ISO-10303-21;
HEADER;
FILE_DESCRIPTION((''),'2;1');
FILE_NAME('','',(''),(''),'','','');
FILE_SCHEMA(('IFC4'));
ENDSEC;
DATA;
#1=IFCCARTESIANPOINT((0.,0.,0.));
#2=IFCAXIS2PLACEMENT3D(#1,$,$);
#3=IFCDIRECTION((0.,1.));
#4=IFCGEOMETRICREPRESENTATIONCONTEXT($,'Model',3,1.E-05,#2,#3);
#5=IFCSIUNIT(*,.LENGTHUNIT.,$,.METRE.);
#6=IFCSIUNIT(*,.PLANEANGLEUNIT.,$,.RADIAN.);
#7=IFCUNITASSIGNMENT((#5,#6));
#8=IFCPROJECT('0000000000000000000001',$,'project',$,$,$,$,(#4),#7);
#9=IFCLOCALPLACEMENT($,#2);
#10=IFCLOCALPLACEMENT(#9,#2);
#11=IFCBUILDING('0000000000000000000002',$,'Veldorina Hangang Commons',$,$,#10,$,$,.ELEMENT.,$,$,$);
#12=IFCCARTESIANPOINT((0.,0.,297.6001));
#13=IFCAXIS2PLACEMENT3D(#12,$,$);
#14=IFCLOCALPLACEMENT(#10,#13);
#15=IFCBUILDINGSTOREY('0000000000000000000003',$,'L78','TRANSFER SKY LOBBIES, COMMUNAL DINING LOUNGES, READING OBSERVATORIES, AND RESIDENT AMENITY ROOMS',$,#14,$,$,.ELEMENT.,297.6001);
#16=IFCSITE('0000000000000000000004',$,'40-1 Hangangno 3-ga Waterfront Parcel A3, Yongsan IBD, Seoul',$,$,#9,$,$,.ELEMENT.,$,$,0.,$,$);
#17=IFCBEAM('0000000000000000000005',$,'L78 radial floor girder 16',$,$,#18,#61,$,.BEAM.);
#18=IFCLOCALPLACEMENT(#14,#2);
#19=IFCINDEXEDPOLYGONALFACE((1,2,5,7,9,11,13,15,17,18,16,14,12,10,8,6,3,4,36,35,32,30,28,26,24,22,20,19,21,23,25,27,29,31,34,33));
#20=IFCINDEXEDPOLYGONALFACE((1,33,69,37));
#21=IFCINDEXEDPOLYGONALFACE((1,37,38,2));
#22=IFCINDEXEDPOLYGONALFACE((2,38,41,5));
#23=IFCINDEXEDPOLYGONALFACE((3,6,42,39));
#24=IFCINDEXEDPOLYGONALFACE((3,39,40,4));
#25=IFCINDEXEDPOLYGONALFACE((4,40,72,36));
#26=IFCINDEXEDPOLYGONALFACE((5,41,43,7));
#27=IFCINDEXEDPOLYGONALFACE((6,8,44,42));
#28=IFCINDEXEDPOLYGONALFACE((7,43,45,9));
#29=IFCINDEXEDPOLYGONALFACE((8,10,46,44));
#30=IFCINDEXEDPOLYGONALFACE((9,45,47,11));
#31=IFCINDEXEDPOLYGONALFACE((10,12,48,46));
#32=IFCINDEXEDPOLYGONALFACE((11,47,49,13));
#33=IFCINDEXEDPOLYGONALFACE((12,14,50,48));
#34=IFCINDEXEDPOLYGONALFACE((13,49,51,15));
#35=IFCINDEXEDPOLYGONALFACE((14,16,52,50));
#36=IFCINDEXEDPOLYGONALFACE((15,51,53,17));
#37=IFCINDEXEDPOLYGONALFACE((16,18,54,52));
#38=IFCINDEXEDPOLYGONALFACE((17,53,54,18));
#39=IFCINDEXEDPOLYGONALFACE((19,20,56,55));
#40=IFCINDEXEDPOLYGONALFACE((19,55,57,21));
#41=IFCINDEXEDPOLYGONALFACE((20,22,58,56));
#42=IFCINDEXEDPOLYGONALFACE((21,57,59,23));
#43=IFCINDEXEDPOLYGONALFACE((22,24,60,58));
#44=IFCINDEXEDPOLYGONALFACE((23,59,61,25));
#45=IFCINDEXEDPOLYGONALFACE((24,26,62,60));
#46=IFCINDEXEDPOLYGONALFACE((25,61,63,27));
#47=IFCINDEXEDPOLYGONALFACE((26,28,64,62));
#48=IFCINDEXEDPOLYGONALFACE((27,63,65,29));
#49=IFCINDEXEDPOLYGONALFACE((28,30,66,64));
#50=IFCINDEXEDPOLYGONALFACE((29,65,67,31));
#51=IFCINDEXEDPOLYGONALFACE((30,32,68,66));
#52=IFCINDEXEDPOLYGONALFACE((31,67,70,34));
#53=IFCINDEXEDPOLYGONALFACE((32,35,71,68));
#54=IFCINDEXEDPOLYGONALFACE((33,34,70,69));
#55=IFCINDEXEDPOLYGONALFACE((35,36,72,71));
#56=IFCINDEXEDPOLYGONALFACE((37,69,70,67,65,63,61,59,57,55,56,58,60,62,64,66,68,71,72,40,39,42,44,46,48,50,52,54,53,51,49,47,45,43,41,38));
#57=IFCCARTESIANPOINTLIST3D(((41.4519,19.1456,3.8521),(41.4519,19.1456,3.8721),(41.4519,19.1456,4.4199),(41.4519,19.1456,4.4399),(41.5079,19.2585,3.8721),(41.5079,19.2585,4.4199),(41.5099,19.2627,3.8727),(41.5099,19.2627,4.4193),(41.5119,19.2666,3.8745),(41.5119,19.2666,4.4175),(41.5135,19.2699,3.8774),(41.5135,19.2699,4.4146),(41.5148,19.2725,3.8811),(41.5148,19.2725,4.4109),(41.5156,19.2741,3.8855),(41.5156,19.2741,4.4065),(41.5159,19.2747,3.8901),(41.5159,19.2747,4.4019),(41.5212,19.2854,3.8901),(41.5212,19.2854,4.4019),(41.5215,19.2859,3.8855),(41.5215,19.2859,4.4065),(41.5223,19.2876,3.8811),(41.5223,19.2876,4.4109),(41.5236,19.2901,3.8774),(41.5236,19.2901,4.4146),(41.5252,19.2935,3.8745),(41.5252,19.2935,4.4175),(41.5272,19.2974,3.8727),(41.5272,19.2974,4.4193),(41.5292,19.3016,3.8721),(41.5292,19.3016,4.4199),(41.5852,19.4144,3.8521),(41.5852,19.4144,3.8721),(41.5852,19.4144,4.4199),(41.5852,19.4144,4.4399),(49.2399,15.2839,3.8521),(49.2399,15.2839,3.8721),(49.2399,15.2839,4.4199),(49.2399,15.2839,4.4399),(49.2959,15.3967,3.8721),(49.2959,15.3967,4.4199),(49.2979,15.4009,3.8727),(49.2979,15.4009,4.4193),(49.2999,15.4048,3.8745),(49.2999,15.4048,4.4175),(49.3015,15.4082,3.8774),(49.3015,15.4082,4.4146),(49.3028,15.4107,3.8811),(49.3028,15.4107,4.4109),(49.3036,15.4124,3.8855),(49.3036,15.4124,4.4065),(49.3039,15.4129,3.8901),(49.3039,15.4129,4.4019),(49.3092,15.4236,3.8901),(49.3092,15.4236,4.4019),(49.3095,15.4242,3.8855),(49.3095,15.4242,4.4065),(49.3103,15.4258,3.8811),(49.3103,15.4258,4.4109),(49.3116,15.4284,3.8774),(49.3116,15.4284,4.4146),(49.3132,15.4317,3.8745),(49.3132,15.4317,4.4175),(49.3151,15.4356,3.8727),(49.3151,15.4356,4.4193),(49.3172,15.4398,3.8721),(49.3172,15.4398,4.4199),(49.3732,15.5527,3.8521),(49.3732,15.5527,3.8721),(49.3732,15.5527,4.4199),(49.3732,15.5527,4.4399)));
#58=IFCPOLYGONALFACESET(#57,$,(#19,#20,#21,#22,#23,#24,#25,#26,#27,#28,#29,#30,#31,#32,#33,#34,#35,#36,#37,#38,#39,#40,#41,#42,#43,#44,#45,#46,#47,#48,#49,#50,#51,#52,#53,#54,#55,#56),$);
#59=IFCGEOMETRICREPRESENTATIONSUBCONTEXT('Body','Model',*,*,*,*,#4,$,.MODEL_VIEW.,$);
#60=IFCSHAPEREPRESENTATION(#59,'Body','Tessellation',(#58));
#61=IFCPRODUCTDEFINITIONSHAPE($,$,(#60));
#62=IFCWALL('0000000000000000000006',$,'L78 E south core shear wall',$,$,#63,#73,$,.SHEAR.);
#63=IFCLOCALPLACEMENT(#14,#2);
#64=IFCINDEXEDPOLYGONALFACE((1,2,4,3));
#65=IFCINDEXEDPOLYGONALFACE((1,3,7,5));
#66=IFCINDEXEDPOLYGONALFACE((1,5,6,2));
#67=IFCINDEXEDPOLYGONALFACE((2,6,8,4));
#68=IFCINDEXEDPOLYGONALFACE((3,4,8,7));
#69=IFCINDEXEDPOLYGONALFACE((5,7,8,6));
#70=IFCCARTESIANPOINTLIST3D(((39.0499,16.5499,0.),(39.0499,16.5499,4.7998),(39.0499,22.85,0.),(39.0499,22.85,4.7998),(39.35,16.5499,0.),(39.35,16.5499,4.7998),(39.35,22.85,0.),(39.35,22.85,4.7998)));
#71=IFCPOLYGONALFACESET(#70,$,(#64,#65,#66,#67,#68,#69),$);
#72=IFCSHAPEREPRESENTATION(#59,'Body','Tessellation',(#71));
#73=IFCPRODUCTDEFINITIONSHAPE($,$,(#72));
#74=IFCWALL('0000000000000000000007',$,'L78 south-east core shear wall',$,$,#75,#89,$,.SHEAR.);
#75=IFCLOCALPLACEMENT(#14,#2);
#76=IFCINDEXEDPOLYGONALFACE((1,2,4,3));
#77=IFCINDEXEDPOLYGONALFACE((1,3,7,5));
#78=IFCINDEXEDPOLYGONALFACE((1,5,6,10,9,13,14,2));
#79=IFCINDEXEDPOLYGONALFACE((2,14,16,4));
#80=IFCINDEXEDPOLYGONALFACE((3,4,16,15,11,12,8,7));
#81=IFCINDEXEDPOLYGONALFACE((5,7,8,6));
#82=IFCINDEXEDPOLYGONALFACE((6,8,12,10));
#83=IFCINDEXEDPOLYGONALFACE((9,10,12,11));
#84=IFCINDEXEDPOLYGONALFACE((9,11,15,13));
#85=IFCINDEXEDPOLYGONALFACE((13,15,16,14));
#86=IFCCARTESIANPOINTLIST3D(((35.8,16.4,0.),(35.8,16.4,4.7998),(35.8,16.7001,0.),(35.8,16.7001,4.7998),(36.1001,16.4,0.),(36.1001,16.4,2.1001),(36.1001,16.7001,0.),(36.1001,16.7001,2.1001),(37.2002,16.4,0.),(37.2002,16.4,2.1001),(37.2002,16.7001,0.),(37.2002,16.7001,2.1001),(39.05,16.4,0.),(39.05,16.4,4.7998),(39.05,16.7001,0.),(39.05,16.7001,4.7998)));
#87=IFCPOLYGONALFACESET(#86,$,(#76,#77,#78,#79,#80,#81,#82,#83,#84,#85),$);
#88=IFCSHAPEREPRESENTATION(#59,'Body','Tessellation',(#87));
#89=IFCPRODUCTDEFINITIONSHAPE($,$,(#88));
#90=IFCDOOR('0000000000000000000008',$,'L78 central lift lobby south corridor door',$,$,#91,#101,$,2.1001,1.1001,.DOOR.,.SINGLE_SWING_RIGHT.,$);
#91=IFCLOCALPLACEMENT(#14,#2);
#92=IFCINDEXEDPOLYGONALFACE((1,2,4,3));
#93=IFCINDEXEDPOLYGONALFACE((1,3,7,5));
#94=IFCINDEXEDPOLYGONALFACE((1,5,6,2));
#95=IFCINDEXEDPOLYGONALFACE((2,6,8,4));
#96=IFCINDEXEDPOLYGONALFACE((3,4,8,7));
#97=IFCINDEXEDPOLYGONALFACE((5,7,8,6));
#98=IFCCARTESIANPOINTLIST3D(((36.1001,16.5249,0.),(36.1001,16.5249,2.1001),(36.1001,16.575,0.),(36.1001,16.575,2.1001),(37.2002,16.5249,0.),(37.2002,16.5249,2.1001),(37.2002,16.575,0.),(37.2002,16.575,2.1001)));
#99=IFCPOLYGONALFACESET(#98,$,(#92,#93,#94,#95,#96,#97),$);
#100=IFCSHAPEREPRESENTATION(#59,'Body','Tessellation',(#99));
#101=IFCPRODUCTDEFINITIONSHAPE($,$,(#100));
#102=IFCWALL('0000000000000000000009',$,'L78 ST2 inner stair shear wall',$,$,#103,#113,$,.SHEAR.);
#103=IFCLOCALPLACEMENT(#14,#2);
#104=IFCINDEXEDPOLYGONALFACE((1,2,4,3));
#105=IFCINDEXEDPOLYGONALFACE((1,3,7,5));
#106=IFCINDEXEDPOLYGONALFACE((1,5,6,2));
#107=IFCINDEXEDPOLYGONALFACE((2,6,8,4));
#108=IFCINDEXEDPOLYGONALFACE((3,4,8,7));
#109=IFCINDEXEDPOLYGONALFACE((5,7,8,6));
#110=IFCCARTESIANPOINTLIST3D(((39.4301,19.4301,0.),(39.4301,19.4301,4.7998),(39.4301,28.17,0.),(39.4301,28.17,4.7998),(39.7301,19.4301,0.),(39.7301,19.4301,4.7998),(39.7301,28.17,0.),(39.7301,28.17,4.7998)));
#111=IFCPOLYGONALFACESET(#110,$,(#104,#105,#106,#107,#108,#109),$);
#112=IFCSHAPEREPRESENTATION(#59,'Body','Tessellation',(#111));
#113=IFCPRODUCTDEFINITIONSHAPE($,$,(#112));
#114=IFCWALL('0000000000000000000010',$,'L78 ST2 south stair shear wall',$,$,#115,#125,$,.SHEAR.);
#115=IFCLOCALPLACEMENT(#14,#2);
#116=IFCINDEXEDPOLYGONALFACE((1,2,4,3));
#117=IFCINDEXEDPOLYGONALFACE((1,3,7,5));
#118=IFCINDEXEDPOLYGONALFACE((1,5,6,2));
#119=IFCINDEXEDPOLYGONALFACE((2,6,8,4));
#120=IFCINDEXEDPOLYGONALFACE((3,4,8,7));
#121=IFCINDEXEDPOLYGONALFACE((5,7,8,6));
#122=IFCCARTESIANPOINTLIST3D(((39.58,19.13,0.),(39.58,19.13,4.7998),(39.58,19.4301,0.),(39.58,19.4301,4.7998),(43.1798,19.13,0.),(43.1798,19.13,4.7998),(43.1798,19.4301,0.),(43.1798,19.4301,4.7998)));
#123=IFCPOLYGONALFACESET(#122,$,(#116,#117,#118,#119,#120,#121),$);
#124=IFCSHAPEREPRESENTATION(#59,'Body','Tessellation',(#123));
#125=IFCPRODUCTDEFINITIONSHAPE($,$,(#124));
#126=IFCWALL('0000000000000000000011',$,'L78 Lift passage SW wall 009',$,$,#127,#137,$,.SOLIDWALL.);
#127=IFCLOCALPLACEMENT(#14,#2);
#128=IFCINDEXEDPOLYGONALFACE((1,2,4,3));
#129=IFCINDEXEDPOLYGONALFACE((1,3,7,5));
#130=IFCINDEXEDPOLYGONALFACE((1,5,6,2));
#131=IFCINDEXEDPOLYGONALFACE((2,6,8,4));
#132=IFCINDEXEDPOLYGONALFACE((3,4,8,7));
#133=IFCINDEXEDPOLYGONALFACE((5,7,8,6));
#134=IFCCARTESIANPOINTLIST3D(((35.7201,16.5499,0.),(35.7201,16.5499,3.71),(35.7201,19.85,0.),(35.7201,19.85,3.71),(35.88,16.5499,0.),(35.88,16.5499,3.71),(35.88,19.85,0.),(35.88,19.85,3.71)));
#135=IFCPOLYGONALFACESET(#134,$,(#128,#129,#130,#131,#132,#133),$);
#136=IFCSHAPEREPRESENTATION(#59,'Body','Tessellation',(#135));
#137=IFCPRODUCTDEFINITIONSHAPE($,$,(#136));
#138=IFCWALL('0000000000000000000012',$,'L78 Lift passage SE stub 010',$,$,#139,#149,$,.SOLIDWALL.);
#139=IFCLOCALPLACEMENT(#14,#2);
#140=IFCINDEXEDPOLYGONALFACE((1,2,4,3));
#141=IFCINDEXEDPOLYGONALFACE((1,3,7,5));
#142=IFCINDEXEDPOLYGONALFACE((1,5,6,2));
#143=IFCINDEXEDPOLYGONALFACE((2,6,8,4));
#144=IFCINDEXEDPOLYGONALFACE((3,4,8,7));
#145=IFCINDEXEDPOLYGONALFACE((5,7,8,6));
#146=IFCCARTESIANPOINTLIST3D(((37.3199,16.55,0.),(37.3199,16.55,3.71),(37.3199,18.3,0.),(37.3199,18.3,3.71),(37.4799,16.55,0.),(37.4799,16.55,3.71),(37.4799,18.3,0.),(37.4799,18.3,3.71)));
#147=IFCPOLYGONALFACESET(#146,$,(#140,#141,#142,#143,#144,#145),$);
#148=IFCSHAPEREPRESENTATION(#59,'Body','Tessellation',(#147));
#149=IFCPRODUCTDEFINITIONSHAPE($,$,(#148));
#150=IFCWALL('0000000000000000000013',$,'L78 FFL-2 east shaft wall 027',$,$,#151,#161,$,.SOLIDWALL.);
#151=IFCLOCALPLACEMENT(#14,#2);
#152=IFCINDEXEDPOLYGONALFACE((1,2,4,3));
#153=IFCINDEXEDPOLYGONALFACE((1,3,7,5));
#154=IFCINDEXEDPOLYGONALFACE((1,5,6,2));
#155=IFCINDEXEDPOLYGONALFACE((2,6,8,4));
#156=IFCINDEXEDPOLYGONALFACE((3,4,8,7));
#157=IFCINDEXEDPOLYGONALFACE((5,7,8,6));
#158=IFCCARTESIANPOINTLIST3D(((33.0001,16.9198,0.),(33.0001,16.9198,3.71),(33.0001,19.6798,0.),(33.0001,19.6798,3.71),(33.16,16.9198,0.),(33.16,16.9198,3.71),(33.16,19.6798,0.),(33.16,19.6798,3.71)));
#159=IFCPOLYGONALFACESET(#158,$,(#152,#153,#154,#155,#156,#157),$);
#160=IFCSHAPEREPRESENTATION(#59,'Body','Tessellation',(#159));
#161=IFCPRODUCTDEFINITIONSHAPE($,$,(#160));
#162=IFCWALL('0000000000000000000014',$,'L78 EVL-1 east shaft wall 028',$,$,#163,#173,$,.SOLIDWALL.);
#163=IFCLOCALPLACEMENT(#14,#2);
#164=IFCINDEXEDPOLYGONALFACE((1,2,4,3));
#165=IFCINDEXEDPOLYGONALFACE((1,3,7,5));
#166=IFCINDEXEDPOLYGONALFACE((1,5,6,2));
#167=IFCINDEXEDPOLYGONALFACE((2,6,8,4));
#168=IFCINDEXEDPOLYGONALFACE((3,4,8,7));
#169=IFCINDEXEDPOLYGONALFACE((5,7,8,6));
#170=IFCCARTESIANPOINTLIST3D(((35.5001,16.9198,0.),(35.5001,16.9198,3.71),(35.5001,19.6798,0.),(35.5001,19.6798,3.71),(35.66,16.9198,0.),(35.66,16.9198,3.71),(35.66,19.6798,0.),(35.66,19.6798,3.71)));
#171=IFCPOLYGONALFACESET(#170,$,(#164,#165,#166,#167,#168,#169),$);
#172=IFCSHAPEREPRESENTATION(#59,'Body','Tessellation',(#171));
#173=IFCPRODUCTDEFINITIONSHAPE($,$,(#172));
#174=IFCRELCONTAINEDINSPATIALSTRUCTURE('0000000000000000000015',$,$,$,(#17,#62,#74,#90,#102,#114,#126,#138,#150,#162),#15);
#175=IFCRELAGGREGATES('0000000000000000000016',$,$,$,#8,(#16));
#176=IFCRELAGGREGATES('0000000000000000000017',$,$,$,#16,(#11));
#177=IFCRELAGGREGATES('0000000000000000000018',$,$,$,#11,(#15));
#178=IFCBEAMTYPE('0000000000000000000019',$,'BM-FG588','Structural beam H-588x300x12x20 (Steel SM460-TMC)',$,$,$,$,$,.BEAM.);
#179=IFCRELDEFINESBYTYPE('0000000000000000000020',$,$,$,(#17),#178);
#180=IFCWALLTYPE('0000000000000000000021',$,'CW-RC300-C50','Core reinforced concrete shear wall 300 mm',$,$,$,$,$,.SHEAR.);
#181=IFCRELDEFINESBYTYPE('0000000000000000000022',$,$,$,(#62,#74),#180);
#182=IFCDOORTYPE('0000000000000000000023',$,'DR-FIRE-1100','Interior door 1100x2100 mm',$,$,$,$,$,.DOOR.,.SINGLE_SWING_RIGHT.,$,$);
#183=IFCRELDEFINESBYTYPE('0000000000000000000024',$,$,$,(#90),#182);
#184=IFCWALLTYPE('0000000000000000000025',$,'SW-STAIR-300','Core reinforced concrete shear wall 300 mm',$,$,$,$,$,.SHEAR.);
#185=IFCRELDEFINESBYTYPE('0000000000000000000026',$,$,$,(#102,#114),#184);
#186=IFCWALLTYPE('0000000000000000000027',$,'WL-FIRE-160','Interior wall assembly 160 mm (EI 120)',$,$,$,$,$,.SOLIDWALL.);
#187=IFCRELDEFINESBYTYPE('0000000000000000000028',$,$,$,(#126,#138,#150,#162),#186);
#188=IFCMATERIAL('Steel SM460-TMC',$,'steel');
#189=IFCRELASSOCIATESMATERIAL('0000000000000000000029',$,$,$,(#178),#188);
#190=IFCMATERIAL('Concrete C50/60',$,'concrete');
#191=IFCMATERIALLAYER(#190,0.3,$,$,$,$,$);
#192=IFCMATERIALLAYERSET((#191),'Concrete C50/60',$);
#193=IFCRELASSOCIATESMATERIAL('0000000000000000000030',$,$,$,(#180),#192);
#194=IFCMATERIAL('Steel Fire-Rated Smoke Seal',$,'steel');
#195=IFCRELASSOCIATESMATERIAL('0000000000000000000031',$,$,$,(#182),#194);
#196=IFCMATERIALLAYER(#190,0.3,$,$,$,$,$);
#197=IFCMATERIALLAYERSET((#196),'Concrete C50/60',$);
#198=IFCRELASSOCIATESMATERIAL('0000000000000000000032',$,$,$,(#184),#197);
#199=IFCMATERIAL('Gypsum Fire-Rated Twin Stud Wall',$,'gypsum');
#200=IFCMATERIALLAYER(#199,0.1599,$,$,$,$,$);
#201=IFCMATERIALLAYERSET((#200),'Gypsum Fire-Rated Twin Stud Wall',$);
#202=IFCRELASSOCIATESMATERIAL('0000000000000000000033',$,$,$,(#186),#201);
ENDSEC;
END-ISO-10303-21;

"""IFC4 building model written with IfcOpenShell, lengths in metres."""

from ifc_helpers import new_model, si_unit, direction, frame, frame_2d, origin, origin_2d, place, context, subcontext, project, spatial, rectangle, i_section, extrude, material, layer, layer_set, material_profile, profile_set, type_object, element, fill, save


model = new_model("IFC4")

# Units and contexts
model_context = context("Model", 3, precision=1e-05, world=origin(), true_north=direction((0.0, 1.0)))
body_context = subcontext(model_context, "Body", "Model", "MODEL_VIEW")
ifc_project = project(units=[si_unit("LENGTHUNIT", "METRE"), si_unit("PLANEANGLEUNIT", "RADIAN")], contexts=[model_context])

# Site, building, storey
site_placement = place(None, origin())
site = spatial("IfcSite", under=ifc_project, at=site_placement, Name="40-1 Hangangno 3-ga Waterfront Parcel A3, Yongsan IBD, Seoul", CompositionType="ELEMENT", RefElevation=0.0)
building_placement = place(site_placement, origin())
building = spatial("IfcBuilding", under=site, at=building_placement, Name="Veldorina Hangang Commons", CompositionType="ELEMENT")
storey_placement = place(building_placement, frame((0.0, 0.0, 297.6001)))
storey = spatial("IfcBuildingStorey", under=building, at=storey_placement, Name="L78", Description="TRANSFER SKY LOBBIES, COMMUNAL DINING LOUNGES, READING OBSERVATORIES, AND RESIDENT AMENITY ROOMS", CompositionType="ELEMENT", Elevation=297.6001)

# Beam
ifc_material_1 = material(Name="Concrete C50/60", Category="concrete")
ifc_material_2 = material(Name="Steel SM460-TMC", Category="steel")
ifc_material_profile_1 = material_profile(ifc_material_2, i_section(OverallWidth=0.3, OverallDepth=0.5879, WebThickness=0.012, FlangeThickness=0.02, FilletRadius=0.0181, at=origin_2d()), Name="H-588x300x12x20")
ifc_profile_set_1 = profile_set([ifc_material_profile_1], Name="Steel SM460-TMC")
beam_type_1 = type_object("IfcBeamType", Name="BM-FG588", Description="Structural beam H-588x300x12x20 (Steel SM460-TMC)", PredefinedType="BEAM", material=ifc_profile_set_1)
beam_1_placement = place(storey_placement, frame((41.5186, 19.28, 4.146), z_axis=(0.895905, -0.444245, 0.0), x_axis=(0.444245, 0.895905, 0.0)))
element("IfcBeam", 1, at=beam_1_placement, inside=storey, type_object=beam_type_1, Name="L78 radial floor girder 16", PredefinedType="BEAM", context=body_context, shape_type="SweptSolid", body=[
    extrude(i_section(OverallWidth=0.3, OverallDepth=0.5879, WebThickness=0.012, FlangeThickness=0.02, FilletRadius=0.0181, at=origin_2d()), origin(), (0.0, 0.0, 1.0), 8.6929),
])

# Wall
ifc_layer_1 = layer(ifc_material_1, 0.3)
ifc_layer_set_1 = layer_set([ifc_layer_1], Name="Concrete C50/60")
wall_type_1 = type_object("IfcWallType", Name="CW-RC300-C50", Description="Core reinforced concrete shear wall 300 mm", PredefinedType="SHEAR", material=ifc_layer_set_1)
wall_1_placement = place(storey_placement, frame((39.2, 16.55, 0.0), z_axis=(0.0, 0.0, 1.0), x_axis=(0.0, 1.0, 0.0)))
element("IfcWall", 2, at=wall_1_placement, inside=storey, type_object=wall_type_1, Name="L78 E south core shear wall", PredefinedType="SHEAR", context=body_context, shape_type="SweptSolid", body=[
    extrude(rectangle(XDim=6.3, YDim=0.3, at=frame_2d((3.1499, 0.0))), origin(), (0.0, 0.0, 1.0), 4.7998),
])

# Wall, opening, door
wall_2_placement = place(storey_placement, frame((35.8, 16.55, 0.0), z_axis=(0.0, 0.0, 1.0), x_axis=(1.0, 0.0, 0.0)))
wall_2 = element("IfcWall", 3, at=wall_2_placement, inside=storey, type_object=wall_type_1, Name="L78 south-east core shear wall", PredefinedType="SHEAR", context=body_context, shape_type="SweptSolid", body=[
    extrude(rectangle(XDim=3.25, YDim=0.3, at=frame_2d((1.625, 0.0))), origin(), (0.0, 0.0, 1.0), 4.7998),
])
opening_1_placement = place(wall_2_placement, frame((0.3, 0.0, 0.0)))
opening_1 = element("IfcOpeningElement", 4, at=opening_1_placement, cuts=wall_2, PredefinedType="OPENING", context=body_context, shape_type="SweptSolid", body=[
    extrude(rectangle(XDim=1.1001, YDim=2.1001, at=frame_2d((0.55, 1.05))), frame((0.0, 0.1602, 0.0), z_axis=(0.0, -1.0, 0.0), x_axis=(1.0, 0.0, 0.0)), (0.0, 0.0, 1.0), 0.3201),
])
ifc_material_3 = material(Name="Steel Fire-Rated Smoke Seal", Category="steel")
door_type_1 = type_object("IfcDoorType", Name="DR-FIRE-1100", Description="Interior door 1100x2100 mm", OperationType="SINGLE_SWING_RIGHT", PredefinedType="DOOR", material=ifc_material_3)
door_1_placement = place(opening_1_placement, origin())
door_1 = element("IfcDoor", 5, at=door_1_placement, inside=storey, type_object=door_type_1, Name="L78 central lift lobby south corridor door", OperationType="SINGLE_SWING_RIGHT", OverallHeight=2.1001, OverallWidth=1.1001, PredefinedType="DOOR", context=body_context, shape_type="SweptSolid", body=[
    extrude(rectangle(XDim=1.1001, YDim=2.1001, at=frame_2d((0.55, 1.05))), frame((0.0, 0.0249, 0.0), z_axis=(0.0, -1.0, 0.0), x_axis=(1.0, 0.0, 0.0)), (0.0, 0.0, 1.0), 0.05),
])
fill(opening_1, door_1)

# Walls
ifc_layer_2 = layer(ifc_material_1, 0.3)
ifc_layer_set_2 = layer_set([ifc_layer_2], Name="Concrete C50/60")
wall_type_2 = type_object("IfcWallType", Name="SW-STAIR-300", Description="Core reinforced concrete shear wall 300 mm", PredefinedType="SHEAR", material=ifc_layer_set_2)
wall_3_placement = place(storey_placement, frame((39.5801, 19.4299, 0.0), z_axis=(0.0, 0.0, 1.0), x_axis=(0.0, 1.0, 0.0)))
element("IfcWall", 6, at=wall_3_placement, inside=storey, type_object=wall_type_2, Name="L78 ST2 inner stair shear wall", PredefinedType="SHEAR", context=body_context, shape_type="SweptSolid", body=[
    extrude(rectangle(XDim=8.74, YDim=0.3, at=frame_2d((4.3701, 0.0))), origin(), (0.0, 0.0, 1.0), 4.7998),
])
wall_4_placement = place(storey_placement, frame((39.5801, 19.28, 0.0), z_axis=(0.0, 0.0, 1.0), x_axis=(1.0, 0.0, 0.0)))
element("IfcWall", 7, at=wall_4_placement, inside=storey, type_object=wall_type_2, Name="L78 ST2 south stair shear wall", PredefinedType="SHEAR", context=body_context, shape_type="SweptSolid", body=[
    extrude(rectangle(XDim=3.5999, YDim=0.3, at=frame_2d((1.7998, 0.0))), origin(), (0.0, 0.0, 1.0), 4.7998),
])
ifc_material_4 = material(Name="Gypsum Fire-Rated Twin Stud Wall", Category="gypsum")
ifc_layer_3 = layer(ifc_material_4, 0.1599)
ifc_layer_set_3 = layer_set([ifc_layer_3], Name="Gypsum Fire-Rated Twin Stud Wall")
wall_type_3 = type_object("IfcWallType", Name="WL-FIRE-160", Description="Interior wall assembly 160 mm (EI 120)", PredefinedType="SOLIDWALL", material=ifc_layer_set_3)
wall_5_placement = place(storey_placement, frame((35.8, 16.55, 0.0), z_axis=(0.0, 0.0, 1.0), x_axis=(0.0, 1.0, 0.0)))
element("IfcWall", 8, at=wall_5_placement, inside=storey, type_object=wall_type_3, Name="L78 Lift passage SW wall 009", PredefinedType="SOLIDWALL", context=body_context, shape_type="SweptSolid", body=[
    extrude(rectangle(XDim=3.3, YDim=0.1599, at=frame_2d((1.6499, 0.0))), origin(), (0.0, 0.0, 1.0), 3.71),
])
wall_6_placement = place(storey_placement, frame((37.3999, 16.55, 0.0), z_axis=(0.0, 0.0, 1.0), x_axis=(0.0, 1.0, 0.0)))
element("IfcWall", 9, at=wall_6_placement, inside=storey, type_object=wall_type_3, Name="L78 Lift passage SE stub 010", PredefinedType="SOLIDWALL", context=body_context, shape_type="SweptSolid", body=[
    extrude(rectangle(XDim=1.75, YDim=0.1599, at=frame_2d((0.875, 0.0))), origin(), (0.0, 0.0, 1.0), 3.71),
])
for number, where, z_axis, x_axis, name in (
    (10, (33.0801, 16.9199, 0.0), (0.0, 0.0, 1.0), (0.0, 1.0, 0.0), "L78 FFL-2 east shaft wall 027"),
    (11, (35.5801, 16.9199, 0.0), (0.0, 0.0, 1.0), (0.0, 1.0, 0.0), "L78 EVL-1 east shaft wall 028"),
):
    element("IfcWall", number, at=place(storey_placement, frame(where, z_axis=z_axis, x_axis=x_axis)), inside=storey, type_object=wall_type_3, Name=name, PredefinedType="SOLIDWALL", context=body_context, shape_type="SweptSolid", body=[
        extrude(rectangle(XDim=2.76, YDim=0.1599, at=frame_2d((1.3799, 0.0))), origin(), (0.0, 0.0, 1.0), 3.71),
    ])

save(model, "model.ifc")
